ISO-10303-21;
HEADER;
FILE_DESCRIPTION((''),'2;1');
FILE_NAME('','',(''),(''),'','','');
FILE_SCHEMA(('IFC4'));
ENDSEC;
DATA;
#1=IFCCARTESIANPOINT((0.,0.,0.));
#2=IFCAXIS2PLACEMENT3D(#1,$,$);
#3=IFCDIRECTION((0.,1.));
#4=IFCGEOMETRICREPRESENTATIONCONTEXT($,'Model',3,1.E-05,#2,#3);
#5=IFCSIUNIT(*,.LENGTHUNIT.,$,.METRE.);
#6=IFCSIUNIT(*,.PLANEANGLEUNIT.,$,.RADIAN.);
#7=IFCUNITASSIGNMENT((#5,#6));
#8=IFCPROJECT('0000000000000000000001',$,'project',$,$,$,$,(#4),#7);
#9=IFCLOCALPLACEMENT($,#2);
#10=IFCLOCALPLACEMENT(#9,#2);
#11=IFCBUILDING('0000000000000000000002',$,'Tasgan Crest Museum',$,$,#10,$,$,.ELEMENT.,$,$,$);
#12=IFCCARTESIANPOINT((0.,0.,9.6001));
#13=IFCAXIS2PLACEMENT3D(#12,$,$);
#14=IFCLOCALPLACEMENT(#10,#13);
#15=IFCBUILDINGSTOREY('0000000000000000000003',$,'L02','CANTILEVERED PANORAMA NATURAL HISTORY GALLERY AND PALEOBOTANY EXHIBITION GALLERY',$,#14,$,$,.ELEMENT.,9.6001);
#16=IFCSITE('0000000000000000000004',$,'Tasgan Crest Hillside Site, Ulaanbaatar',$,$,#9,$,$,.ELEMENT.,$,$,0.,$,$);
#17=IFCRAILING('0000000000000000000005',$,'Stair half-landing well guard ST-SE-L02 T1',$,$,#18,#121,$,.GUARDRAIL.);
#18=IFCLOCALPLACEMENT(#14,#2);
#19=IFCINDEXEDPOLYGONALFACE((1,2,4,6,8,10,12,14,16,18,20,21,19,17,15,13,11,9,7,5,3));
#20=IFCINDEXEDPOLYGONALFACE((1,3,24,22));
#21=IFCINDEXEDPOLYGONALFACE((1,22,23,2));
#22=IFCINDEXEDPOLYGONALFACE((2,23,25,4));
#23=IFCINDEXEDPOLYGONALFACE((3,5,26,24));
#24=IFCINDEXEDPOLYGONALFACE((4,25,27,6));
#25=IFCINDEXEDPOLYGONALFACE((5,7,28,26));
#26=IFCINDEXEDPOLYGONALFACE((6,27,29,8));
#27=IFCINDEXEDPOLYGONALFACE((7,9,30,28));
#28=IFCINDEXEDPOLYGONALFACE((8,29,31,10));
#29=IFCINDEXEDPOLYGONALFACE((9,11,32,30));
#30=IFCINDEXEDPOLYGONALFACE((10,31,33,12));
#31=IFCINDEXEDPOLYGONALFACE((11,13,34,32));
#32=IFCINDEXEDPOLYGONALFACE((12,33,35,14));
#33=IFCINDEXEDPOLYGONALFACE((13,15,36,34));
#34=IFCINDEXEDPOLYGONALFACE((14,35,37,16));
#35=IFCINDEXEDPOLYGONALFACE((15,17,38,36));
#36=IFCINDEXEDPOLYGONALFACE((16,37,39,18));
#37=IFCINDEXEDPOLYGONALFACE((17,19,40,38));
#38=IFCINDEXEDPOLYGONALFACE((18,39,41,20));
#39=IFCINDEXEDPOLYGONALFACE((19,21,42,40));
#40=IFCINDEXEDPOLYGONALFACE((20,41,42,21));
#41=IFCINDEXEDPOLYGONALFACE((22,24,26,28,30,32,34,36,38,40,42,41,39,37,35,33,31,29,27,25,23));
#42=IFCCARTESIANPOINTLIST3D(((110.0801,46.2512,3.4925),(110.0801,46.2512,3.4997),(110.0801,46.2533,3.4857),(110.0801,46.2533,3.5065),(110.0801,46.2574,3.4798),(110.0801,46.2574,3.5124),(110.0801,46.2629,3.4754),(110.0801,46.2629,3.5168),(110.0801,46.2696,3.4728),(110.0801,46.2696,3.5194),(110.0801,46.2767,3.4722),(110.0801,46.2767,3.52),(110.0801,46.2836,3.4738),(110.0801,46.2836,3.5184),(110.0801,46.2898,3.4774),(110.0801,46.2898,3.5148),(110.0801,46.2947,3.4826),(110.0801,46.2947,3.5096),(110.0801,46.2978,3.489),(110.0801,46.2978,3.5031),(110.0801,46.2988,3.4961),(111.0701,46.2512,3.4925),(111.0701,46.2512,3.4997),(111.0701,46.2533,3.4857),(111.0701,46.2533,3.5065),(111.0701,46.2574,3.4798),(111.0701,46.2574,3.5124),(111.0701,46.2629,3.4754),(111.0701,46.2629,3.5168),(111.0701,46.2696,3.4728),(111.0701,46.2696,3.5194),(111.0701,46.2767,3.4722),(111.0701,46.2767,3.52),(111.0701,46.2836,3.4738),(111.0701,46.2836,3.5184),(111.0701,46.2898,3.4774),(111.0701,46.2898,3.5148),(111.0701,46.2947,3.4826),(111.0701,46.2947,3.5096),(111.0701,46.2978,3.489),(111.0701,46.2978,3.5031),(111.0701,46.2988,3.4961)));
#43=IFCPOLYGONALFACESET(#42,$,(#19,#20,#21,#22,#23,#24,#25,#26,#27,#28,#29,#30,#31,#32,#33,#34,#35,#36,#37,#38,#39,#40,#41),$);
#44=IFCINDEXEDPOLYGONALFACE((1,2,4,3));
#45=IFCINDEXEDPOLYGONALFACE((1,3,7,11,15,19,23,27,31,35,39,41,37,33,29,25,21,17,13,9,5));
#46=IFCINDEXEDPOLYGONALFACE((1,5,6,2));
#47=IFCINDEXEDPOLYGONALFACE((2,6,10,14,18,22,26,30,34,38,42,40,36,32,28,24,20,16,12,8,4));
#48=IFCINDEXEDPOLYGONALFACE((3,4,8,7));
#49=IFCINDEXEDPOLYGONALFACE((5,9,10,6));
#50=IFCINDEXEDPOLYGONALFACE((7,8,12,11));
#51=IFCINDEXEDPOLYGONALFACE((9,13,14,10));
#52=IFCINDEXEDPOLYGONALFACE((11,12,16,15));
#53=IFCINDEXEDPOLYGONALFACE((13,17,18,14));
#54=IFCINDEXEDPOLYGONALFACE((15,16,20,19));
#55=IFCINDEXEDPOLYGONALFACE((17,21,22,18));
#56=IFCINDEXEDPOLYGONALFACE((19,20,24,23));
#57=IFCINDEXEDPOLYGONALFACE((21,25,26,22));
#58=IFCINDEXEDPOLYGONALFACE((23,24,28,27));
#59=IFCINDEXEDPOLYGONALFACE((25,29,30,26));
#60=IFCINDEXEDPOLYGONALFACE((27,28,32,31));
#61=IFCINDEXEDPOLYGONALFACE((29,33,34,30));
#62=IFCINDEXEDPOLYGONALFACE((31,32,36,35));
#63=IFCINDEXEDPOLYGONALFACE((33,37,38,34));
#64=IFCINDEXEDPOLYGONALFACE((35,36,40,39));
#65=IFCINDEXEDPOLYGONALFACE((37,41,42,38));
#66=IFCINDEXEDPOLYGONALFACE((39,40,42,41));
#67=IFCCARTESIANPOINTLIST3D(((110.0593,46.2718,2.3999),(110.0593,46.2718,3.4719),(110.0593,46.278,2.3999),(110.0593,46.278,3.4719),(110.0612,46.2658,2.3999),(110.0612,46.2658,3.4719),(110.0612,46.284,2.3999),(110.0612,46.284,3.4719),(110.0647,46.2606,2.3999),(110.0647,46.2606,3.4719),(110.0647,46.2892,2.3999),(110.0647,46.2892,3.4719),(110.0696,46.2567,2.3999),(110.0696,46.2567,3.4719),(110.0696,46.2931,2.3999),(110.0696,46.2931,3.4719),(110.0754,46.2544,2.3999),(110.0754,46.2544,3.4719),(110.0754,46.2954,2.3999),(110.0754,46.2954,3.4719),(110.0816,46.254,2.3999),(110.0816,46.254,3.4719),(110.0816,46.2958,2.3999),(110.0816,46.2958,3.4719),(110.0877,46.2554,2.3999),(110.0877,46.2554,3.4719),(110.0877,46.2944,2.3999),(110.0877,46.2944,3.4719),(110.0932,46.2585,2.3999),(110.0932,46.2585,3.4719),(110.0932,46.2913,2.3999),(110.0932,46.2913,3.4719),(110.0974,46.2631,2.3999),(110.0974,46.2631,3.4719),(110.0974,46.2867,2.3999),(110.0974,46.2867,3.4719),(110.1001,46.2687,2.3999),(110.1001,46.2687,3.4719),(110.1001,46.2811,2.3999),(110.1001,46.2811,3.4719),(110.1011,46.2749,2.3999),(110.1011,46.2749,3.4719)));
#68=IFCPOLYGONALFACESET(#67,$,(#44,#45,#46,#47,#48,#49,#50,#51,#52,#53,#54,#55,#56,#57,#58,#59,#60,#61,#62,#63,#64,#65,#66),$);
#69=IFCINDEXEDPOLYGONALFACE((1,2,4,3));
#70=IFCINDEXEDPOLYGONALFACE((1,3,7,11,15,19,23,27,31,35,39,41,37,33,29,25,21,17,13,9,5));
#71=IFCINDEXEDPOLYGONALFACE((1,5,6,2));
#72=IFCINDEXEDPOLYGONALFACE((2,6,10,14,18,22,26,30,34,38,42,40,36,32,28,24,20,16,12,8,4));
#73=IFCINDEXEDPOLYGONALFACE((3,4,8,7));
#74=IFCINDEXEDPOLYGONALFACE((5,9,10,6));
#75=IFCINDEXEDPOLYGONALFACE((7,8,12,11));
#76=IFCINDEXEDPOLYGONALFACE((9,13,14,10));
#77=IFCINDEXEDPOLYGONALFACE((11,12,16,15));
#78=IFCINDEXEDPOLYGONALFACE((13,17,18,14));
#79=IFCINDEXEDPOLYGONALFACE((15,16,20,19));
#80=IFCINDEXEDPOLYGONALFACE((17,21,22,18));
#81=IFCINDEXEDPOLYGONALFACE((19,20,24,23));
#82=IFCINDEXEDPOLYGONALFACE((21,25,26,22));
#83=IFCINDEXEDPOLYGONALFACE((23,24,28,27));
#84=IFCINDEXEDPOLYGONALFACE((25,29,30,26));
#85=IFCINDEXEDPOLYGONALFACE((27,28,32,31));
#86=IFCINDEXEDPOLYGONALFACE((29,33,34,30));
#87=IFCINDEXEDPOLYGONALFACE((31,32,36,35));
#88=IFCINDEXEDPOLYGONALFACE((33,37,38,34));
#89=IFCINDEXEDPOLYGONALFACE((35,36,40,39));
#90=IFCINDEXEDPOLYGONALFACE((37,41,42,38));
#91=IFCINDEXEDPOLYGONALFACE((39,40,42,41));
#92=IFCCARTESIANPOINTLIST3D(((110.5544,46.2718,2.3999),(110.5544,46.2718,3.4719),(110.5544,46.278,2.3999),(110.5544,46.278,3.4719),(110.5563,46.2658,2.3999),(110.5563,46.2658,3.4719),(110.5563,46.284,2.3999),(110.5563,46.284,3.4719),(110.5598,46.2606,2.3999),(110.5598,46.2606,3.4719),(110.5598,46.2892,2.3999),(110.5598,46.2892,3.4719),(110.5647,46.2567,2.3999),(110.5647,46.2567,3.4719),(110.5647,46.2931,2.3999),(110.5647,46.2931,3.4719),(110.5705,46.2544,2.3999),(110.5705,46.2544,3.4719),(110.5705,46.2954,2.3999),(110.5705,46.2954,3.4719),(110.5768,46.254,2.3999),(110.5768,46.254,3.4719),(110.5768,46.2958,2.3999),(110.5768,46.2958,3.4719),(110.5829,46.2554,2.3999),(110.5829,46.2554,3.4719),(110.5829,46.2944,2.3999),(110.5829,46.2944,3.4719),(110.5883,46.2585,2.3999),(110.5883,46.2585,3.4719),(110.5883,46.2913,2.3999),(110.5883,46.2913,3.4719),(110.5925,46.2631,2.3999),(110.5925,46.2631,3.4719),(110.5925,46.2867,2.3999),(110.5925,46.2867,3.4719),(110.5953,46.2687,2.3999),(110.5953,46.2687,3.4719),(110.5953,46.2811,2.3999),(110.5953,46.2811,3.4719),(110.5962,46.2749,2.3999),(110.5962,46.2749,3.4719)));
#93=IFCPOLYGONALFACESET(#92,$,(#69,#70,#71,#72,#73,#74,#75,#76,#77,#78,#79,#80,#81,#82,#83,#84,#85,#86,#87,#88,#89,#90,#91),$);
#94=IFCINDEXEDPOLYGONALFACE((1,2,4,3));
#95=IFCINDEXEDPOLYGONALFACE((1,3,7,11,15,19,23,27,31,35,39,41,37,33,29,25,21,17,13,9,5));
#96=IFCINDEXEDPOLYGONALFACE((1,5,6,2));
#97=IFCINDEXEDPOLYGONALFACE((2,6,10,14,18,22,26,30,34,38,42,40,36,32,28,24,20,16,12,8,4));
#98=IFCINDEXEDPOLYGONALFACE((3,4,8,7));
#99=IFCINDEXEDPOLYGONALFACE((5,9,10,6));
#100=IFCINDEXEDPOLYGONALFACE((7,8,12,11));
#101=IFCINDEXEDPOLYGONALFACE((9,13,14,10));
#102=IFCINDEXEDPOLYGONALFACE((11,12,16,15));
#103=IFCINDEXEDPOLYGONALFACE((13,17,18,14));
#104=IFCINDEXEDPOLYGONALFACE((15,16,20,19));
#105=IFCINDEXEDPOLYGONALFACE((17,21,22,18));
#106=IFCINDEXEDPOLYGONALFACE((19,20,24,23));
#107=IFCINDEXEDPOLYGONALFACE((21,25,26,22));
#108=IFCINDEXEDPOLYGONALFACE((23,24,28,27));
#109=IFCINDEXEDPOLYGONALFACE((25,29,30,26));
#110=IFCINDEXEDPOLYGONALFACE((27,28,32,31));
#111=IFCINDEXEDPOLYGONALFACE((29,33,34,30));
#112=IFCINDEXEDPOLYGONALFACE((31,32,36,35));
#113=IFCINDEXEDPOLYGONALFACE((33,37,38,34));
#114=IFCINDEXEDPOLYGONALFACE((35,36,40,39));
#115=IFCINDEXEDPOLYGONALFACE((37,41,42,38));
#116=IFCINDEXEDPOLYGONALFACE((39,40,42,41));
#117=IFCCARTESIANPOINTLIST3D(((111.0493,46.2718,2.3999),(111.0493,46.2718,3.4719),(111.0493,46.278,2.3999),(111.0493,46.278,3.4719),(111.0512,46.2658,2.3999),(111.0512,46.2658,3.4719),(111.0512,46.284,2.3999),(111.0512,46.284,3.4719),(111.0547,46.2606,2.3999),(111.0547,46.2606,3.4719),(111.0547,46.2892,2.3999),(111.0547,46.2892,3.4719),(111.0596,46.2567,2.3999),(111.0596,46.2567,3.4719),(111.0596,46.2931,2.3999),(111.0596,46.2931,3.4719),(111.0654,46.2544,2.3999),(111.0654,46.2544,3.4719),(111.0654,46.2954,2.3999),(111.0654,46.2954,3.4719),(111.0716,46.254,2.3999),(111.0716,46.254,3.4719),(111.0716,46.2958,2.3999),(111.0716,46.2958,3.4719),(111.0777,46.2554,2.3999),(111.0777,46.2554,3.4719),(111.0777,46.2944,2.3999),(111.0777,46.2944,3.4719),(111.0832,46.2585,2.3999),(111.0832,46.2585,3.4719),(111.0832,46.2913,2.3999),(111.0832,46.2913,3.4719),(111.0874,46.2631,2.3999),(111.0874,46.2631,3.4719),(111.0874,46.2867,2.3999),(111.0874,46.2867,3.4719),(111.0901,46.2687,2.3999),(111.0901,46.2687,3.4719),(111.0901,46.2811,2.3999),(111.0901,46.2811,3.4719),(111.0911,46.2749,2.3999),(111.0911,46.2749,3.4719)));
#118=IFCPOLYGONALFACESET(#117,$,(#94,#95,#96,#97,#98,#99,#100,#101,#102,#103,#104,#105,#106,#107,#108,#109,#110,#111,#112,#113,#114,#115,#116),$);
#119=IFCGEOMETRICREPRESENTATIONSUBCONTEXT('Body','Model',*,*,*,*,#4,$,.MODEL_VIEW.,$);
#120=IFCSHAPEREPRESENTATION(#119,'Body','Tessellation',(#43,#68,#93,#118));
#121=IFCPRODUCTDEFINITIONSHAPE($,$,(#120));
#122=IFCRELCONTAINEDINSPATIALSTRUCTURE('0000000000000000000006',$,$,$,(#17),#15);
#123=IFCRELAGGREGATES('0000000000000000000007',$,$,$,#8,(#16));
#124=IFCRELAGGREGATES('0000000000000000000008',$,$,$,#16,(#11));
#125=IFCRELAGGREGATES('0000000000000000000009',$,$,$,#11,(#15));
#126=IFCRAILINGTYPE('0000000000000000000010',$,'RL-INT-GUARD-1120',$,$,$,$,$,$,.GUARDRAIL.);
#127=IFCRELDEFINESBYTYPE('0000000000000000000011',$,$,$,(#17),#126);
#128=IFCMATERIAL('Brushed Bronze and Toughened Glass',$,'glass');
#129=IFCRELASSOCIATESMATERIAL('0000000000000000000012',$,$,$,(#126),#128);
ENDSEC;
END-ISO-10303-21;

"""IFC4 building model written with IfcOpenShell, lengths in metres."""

from ifc_helpers import new_model, si_unit, direction, frame, origin, origin_2d, place, context, subcontext, project, spatial, circle, extrude, material, type_object, element, save


model = new_model("IFC4")

# Units and contexts
model_context = context("Model", 3, precision=1e-05, world=origin(), true_north=direction((0.0, 1.0)))
body_context = subcontext(model_context, "Body", "Model", "MODEL_VIEW")
ifc_project = project(units=[si_unit("LENGTHUNIT", "METRE"), si_unit("PLANEANGLEUNIT", "RADIAN")], contexts=[model_context])

# Site, building, storey
site_placement = place(None, origin())
site = spatial("IfcSite", under=ifc_project, at=site_placement, Name="Tasgan Crest Hillside Site, Ulaanbaatar", CompositionType="ELEMENT", RefElevation=0.0)
building_placement = place(site_placement, origin())
building = spatial("IfcBuilding", under=site, at=building_placement, Name="Tasgan Crest Museum", CompositionType="ELEMENT")
storey_placement = place(building_placement, frame((0.0, 0.0, 9.6001)))
storey = spatial("IfcBuildingStorey", under=building, at=storey_placement, Name="L02", Description="CANTILEVERED PANORAMA NATURAL HISTORY GALLERY AND PALEOBOTANY EXHIBITION GALLERY", CompositionType="ELEMENT", Elevation=9.6001)

# Railing
ifc_material_1 = material(Name="Brushed Bronze and Toughened Glass", Category="glass")
railing_type_1 = type_object("IfcRailingType", Name="RL-INT-GUARD-1120", PredefinedType="GUARDRAIL", material=ifc_material_1)
railing_1_placement = place(storey_placement, frame((110.0801, 46.2749, 2.3999)))
element("IfcRailing", 1, at=railing_1_placement, inside=storey, type_object=railing_type_1, Name="Stair half-landing well guard ST-SE-L02 T1", PredefinedType="GUARDRAIL", context=body_context, shape_type="SweptSolid", body=[
    extrude(circle(Radius=0.0239, at=origin_2d()), frame((0.0, 0.0, 1.0962), z_axis=(1.0, 0.0, 0.0), x_axis=(0.0, 1.0, 0.0)), (0.0, 0.0, 1.0), 0.99),
    extrude(circle(Radius=0.021, at=origin_2d()), origin(), (0.0, 0.0, 1.0), 1.072),
    extrude(circle(Radius=0.021, at=origin_2d()), frame((0.4951, 0.0, 0.0)), (0.0, 0.0, 1.0), 1.072),
    extrude(circle(Radius=0.021, at=origin_2d()), frame((0.99, 0.0, 0.0)), (0.0, 0.0, 1.0), 1.072),
])

save(model, "model.ifc")
